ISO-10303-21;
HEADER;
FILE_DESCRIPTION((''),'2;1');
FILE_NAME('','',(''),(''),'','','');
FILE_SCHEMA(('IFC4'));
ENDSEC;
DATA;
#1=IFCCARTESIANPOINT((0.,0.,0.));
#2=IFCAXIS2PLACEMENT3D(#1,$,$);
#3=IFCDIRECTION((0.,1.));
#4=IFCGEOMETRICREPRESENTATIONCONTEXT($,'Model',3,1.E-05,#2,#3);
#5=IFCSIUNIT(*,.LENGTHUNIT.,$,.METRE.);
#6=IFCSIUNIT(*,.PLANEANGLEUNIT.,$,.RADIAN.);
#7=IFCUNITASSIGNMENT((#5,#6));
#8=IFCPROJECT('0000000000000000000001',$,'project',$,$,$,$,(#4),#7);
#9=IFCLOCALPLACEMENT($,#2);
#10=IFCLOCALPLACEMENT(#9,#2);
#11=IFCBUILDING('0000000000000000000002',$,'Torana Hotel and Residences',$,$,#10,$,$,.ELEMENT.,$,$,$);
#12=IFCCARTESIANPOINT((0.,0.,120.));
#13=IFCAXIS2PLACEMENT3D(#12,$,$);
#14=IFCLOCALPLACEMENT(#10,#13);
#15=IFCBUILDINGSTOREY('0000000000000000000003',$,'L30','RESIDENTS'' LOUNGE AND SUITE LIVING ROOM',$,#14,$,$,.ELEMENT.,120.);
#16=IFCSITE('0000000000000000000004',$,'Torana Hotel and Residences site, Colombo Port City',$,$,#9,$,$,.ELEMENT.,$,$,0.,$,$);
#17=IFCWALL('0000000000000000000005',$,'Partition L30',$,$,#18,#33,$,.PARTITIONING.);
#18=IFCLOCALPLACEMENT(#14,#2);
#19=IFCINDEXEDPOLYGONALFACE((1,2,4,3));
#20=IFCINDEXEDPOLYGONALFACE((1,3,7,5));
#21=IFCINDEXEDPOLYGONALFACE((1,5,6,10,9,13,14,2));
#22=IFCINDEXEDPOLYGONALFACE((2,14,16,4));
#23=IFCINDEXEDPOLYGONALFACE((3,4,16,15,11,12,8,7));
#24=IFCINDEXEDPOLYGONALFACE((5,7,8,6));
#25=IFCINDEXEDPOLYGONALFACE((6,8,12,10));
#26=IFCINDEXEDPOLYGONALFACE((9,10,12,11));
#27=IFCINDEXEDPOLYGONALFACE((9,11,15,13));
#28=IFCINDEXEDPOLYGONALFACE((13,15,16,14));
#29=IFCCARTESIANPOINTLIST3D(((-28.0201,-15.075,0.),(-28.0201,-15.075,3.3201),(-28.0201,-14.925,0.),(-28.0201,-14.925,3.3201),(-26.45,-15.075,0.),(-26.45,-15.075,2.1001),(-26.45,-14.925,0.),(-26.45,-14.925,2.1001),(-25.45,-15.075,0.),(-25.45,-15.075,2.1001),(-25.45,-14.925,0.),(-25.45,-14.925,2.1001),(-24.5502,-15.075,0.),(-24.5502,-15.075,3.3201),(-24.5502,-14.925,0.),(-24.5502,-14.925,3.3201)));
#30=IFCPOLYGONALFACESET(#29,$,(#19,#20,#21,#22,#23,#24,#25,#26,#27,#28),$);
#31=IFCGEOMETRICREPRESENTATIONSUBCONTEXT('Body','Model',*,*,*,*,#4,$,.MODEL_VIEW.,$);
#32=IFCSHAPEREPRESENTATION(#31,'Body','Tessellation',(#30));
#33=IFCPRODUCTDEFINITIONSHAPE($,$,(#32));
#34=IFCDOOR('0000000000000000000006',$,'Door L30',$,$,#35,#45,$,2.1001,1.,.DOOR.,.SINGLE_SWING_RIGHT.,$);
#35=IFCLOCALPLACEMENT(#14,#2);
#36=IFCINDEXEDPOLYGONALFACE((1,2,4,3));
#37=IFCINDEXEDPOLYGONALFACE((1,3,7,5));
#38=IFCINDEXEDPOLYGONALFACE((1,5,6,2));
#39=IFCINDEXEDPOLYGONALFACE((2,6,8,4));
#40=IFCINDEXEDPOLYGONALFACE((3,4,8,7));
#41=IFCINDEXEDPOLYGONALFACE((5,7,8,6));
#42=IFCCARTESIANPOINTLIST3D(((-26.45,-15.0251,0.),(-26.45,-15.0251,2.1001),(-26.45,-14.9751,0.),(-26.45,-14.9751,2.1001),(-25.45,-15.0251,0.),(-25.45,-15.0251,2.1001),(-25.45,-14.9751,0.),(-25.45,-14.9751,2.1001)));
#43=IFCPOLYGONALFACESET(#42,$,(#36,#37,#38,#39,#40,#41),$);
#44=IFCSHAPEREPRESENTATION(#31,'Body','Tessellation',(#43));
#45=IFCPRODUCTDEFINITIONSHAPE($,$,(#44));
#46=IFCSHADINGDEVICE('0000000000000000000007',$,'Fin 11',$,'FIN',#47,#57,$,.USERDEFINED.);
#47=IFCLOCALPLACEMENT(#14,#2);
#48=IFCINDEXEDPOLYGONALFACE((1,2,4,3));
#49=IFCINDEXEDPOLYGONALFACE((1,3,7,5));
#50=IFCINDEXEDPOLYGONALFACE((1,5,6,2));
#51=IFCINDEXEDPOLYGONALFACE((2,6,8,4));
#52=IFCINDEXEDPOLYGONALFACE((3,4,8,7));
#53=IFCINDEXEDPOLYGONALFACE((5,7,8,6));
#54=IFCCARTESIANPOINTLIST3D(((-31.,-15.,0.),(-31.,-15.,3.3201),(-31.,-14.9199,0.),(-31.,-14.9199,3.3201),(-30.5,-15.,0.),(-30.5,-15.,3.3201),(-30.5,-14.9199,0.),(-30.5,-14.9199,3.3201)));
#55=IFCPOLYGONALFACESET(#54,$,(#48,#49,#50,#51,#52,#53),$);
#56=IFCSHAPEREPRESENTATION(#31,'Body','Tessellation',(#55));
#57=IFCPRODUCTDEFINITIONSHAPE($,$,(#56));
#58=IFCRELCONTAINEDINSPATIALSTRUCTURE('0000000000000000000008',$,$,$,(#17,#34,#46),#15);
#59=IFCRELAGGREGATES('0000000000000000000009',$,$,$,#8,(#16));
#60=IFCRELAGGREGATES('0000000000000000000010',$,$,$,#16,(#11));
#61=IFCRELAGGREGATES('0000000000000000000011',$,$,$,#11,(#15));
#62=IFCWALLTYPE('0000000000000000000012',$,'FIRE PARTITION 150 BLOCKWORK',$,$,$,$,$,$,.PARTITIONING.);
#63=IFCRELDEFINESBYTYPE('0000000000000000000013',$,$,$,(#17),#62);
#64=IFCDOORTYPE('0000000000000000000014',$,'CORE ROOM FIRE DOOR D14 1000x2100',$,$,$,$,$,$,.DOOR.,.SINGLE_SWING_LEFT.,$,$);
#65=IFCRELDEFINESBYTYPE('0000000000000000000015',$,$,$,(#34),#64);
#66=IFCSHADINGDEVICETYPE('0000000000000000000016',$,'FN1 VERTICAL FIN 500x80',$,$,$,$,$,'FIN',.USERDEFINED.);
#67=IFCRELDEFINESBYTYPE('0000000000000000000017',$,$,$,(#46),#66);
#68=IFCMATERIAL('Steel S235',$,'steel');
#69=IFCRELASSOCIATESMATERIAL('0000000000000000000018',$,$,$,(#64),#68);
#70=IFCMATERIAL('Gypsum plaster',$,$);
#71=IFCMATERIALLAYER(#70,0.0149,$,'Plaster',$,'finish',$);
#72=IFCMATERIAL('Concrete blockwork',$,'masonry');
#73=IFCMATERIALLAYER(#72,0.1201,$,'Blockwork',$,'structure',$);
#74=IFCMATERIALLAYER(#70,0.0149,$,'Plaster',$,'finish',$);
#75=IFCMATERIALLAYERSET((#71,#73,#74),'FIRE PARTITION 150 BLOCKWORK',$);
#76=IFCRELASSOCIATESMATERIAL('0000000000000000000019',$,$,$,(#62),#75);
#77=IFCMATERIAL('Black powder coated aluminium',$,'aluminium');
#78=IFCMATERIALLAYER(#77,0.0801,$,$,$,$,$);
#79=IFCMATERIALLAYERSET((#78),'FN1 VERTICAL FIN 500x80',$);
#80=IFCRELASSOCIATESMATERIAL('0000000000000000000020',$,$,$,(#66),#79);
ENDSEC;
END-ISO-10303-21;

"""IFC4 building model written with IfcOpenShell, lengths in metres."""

from ifc_helpers import new_model, si_unit, direction, frame, frame_2d, origin, origin_2d, place, context, subcontext, project, spatial, rectangle, extrude, material, layer, layer_set, type_object, element, fill, save


model = new_model("IFC4")

# Units and contexts
model_context = context("Model", 3, precision=1e-05, world=origin(), true_north=direction((0.0, 1.0)))
body_context = subcontext(model_context, "Body", "Model", "MODEL_VIEW")
ifc_project = project(units=[si_unit("LENGTHUNIT", "METRE"), si_unit("PLANEANGLEUNIT", "RADIAN")], contexts=[model_context])

# Site, building, storey
site_placement = place(None, origin())
site = spatial("IfcSite", under=ifc_project, at=site_placement, Name="Torana Hotel and Residences site, Colombo Port City", CompositionType="ELEMENT", RefElevation=0.0)
building_placement = place(site_placement, origin())
building = spatial("IfcBuilding", under=site, at=building_placement, Name="Torana Hotel and Residences", CompositionType="ELEMENT")
storey_placement = place(building_placement, frame((0.0, 0.0, 120.0)))
storey = spatial("IfcBuildingStorey", under=building, at=storey_placement, Name="L30", Description="RESIDENTS' LOUNGE AND SUITE LIVING ROOM", CompositionType="ELEMENT", Elevation=120.0)

# Shared definitions
ifc_material_1 = material(Name="Steel S235", Category="steel")
door_type_1 = type_object("IfcDoorType", Name="CORE ROOM FIRE DOOR D14 1000x2100", OperationType="SINGLE_SWING_LEFT", PredefinedType="DOOR", material=ifc_material_1)

# Shared definitions
ifc_material_2 = material(Name="Gypsum plaster")
ifc_layer_1 = layer(ifc_material_2, 0.0149, Name="Plaster", Category="finish")
ifc_material_3 = material(Name="Concrete blockwork", Category="masonry")
ifc_layer_2 = layer(ifc_material_3, 0.1201, Name="Blockwork", Category="structure")
ifc_layer_3 = layer(ifc_material_2, 0.0149, Name="Plaster", Category="finish")
ifc_layer_set_1 = layer_set([ifc_layer_1, ifc_layer_2, ifc_layer_3], Name="FIRE PARTITION 150 BLOCKWORK")
wall_type_1 = type_object("IfcWallType", Name="FIRE PARTITION 150 BLOCKWORK", PredefinedType="PARTITIONING", material=ifc_layer_set_1)

# Wall, opening, door
wall_1_placement = place(storey_placement, frame((-28.02, -15.0, 0.0), z_axis=(0.0, 0.0, 1.0), x_axis=(1.0, 0.0, 0.0)))
wall_1 = element("IfcWall", 1, at=wall_1_placement, inside=storey, type_object=wall_type_1, Name="Partition L30", PredefinedType="PARTITIONING", context=body_context, shape_type="SweptSolid", body=[
    extrude(rectangle(XDim=3.47, YDim=0.1499, at=frame_2d((1.7349, 0.0))), origin(), (0.0, 0.0, 1.0), 3.3201),
])
opening_1_placement = place(wall_1_placement, frame((1.5701, 0.0, 0.0)))
opening_1 = element("IfcOpeningElement", 2, at=opening_1_placement, cuts=wall_1, PredefinedType="OPENING", context=body_context, shape_type="SweptSolid", body=[
    extrude(rectangle(XDim=1.0, YDim=2.1001, at=frame_2d((0.5, 1.05))), frame((0.0, 0.085, 0.0), z_axis=(0.0, -1.0, 0.0), x_axis=(1.0, 0.0, 0.0)), (0.0, 0.0, 1.0), 0.1699),
])
door_1_placement = place(opening_1_placement, origin())
door_1 = element("IfcDoor", 3, at=door_1_placement, inside=storey, type_object=door_type_1, Name="Door L30", OperationType="SINGLE_SWING_RIGHT", OverallHeight=2.1001, OverallWidth=1.0, PredefinedType="DOOR", context=body_context, shape_type="SweptSolid", body=[
    extrude(rectangle(XDim=1.0, YDim=2.1001, at=frame_2d((0.5, 1.05))), frame((0.0, 0.0249, 0.0), z_axis=(0.0, -1.0, 0.0), x_axis=(1.0, 0.0, 0.0)), (0.0, 0.0, 1.0), 0.05),
])
fill(opening_1, door_1)

# Shading device
ifc_material_4 = material(Name="Black powder coated aluminium", Category="aluminium")
ifc_layer_4 = layer(ifc_material_4, 0.0801)
ifc_layer_set_2 = layer_set([ifc_layer_4], Name="FN1 VERTICAL FIN 500x80")
shading_device_type = type_object("IfcShadingDeviceType", Name="FN1 VERTICAL FIN 500x80", ElementType="FIN", PredefinedType="USERDEFINED", material=ifc_layer_set_2)
shading_device_placement = place(storey_placement, frame((-30.75, -14.96, 0.0), z_axis=(0.0, 0.0, 1.0), x_axis=(0.0, 1.0, 0.0)))
element("IfcShadingDevice", 4, at=shading_device_placement, inside=storey, type_object=shading_device_type, Name="Fin 11", ObjectType="FIN", PredefinedType="USERDEFINED", context=body_context, shape_type="SweptSolid", body=[
    extrude(rectangle(XDim=0.0801, YDim=0.5, at=origin_2d()), origin(), (0.0, 0.0, 1.0), 3.3201),
])

save(model, "model.ifc")
